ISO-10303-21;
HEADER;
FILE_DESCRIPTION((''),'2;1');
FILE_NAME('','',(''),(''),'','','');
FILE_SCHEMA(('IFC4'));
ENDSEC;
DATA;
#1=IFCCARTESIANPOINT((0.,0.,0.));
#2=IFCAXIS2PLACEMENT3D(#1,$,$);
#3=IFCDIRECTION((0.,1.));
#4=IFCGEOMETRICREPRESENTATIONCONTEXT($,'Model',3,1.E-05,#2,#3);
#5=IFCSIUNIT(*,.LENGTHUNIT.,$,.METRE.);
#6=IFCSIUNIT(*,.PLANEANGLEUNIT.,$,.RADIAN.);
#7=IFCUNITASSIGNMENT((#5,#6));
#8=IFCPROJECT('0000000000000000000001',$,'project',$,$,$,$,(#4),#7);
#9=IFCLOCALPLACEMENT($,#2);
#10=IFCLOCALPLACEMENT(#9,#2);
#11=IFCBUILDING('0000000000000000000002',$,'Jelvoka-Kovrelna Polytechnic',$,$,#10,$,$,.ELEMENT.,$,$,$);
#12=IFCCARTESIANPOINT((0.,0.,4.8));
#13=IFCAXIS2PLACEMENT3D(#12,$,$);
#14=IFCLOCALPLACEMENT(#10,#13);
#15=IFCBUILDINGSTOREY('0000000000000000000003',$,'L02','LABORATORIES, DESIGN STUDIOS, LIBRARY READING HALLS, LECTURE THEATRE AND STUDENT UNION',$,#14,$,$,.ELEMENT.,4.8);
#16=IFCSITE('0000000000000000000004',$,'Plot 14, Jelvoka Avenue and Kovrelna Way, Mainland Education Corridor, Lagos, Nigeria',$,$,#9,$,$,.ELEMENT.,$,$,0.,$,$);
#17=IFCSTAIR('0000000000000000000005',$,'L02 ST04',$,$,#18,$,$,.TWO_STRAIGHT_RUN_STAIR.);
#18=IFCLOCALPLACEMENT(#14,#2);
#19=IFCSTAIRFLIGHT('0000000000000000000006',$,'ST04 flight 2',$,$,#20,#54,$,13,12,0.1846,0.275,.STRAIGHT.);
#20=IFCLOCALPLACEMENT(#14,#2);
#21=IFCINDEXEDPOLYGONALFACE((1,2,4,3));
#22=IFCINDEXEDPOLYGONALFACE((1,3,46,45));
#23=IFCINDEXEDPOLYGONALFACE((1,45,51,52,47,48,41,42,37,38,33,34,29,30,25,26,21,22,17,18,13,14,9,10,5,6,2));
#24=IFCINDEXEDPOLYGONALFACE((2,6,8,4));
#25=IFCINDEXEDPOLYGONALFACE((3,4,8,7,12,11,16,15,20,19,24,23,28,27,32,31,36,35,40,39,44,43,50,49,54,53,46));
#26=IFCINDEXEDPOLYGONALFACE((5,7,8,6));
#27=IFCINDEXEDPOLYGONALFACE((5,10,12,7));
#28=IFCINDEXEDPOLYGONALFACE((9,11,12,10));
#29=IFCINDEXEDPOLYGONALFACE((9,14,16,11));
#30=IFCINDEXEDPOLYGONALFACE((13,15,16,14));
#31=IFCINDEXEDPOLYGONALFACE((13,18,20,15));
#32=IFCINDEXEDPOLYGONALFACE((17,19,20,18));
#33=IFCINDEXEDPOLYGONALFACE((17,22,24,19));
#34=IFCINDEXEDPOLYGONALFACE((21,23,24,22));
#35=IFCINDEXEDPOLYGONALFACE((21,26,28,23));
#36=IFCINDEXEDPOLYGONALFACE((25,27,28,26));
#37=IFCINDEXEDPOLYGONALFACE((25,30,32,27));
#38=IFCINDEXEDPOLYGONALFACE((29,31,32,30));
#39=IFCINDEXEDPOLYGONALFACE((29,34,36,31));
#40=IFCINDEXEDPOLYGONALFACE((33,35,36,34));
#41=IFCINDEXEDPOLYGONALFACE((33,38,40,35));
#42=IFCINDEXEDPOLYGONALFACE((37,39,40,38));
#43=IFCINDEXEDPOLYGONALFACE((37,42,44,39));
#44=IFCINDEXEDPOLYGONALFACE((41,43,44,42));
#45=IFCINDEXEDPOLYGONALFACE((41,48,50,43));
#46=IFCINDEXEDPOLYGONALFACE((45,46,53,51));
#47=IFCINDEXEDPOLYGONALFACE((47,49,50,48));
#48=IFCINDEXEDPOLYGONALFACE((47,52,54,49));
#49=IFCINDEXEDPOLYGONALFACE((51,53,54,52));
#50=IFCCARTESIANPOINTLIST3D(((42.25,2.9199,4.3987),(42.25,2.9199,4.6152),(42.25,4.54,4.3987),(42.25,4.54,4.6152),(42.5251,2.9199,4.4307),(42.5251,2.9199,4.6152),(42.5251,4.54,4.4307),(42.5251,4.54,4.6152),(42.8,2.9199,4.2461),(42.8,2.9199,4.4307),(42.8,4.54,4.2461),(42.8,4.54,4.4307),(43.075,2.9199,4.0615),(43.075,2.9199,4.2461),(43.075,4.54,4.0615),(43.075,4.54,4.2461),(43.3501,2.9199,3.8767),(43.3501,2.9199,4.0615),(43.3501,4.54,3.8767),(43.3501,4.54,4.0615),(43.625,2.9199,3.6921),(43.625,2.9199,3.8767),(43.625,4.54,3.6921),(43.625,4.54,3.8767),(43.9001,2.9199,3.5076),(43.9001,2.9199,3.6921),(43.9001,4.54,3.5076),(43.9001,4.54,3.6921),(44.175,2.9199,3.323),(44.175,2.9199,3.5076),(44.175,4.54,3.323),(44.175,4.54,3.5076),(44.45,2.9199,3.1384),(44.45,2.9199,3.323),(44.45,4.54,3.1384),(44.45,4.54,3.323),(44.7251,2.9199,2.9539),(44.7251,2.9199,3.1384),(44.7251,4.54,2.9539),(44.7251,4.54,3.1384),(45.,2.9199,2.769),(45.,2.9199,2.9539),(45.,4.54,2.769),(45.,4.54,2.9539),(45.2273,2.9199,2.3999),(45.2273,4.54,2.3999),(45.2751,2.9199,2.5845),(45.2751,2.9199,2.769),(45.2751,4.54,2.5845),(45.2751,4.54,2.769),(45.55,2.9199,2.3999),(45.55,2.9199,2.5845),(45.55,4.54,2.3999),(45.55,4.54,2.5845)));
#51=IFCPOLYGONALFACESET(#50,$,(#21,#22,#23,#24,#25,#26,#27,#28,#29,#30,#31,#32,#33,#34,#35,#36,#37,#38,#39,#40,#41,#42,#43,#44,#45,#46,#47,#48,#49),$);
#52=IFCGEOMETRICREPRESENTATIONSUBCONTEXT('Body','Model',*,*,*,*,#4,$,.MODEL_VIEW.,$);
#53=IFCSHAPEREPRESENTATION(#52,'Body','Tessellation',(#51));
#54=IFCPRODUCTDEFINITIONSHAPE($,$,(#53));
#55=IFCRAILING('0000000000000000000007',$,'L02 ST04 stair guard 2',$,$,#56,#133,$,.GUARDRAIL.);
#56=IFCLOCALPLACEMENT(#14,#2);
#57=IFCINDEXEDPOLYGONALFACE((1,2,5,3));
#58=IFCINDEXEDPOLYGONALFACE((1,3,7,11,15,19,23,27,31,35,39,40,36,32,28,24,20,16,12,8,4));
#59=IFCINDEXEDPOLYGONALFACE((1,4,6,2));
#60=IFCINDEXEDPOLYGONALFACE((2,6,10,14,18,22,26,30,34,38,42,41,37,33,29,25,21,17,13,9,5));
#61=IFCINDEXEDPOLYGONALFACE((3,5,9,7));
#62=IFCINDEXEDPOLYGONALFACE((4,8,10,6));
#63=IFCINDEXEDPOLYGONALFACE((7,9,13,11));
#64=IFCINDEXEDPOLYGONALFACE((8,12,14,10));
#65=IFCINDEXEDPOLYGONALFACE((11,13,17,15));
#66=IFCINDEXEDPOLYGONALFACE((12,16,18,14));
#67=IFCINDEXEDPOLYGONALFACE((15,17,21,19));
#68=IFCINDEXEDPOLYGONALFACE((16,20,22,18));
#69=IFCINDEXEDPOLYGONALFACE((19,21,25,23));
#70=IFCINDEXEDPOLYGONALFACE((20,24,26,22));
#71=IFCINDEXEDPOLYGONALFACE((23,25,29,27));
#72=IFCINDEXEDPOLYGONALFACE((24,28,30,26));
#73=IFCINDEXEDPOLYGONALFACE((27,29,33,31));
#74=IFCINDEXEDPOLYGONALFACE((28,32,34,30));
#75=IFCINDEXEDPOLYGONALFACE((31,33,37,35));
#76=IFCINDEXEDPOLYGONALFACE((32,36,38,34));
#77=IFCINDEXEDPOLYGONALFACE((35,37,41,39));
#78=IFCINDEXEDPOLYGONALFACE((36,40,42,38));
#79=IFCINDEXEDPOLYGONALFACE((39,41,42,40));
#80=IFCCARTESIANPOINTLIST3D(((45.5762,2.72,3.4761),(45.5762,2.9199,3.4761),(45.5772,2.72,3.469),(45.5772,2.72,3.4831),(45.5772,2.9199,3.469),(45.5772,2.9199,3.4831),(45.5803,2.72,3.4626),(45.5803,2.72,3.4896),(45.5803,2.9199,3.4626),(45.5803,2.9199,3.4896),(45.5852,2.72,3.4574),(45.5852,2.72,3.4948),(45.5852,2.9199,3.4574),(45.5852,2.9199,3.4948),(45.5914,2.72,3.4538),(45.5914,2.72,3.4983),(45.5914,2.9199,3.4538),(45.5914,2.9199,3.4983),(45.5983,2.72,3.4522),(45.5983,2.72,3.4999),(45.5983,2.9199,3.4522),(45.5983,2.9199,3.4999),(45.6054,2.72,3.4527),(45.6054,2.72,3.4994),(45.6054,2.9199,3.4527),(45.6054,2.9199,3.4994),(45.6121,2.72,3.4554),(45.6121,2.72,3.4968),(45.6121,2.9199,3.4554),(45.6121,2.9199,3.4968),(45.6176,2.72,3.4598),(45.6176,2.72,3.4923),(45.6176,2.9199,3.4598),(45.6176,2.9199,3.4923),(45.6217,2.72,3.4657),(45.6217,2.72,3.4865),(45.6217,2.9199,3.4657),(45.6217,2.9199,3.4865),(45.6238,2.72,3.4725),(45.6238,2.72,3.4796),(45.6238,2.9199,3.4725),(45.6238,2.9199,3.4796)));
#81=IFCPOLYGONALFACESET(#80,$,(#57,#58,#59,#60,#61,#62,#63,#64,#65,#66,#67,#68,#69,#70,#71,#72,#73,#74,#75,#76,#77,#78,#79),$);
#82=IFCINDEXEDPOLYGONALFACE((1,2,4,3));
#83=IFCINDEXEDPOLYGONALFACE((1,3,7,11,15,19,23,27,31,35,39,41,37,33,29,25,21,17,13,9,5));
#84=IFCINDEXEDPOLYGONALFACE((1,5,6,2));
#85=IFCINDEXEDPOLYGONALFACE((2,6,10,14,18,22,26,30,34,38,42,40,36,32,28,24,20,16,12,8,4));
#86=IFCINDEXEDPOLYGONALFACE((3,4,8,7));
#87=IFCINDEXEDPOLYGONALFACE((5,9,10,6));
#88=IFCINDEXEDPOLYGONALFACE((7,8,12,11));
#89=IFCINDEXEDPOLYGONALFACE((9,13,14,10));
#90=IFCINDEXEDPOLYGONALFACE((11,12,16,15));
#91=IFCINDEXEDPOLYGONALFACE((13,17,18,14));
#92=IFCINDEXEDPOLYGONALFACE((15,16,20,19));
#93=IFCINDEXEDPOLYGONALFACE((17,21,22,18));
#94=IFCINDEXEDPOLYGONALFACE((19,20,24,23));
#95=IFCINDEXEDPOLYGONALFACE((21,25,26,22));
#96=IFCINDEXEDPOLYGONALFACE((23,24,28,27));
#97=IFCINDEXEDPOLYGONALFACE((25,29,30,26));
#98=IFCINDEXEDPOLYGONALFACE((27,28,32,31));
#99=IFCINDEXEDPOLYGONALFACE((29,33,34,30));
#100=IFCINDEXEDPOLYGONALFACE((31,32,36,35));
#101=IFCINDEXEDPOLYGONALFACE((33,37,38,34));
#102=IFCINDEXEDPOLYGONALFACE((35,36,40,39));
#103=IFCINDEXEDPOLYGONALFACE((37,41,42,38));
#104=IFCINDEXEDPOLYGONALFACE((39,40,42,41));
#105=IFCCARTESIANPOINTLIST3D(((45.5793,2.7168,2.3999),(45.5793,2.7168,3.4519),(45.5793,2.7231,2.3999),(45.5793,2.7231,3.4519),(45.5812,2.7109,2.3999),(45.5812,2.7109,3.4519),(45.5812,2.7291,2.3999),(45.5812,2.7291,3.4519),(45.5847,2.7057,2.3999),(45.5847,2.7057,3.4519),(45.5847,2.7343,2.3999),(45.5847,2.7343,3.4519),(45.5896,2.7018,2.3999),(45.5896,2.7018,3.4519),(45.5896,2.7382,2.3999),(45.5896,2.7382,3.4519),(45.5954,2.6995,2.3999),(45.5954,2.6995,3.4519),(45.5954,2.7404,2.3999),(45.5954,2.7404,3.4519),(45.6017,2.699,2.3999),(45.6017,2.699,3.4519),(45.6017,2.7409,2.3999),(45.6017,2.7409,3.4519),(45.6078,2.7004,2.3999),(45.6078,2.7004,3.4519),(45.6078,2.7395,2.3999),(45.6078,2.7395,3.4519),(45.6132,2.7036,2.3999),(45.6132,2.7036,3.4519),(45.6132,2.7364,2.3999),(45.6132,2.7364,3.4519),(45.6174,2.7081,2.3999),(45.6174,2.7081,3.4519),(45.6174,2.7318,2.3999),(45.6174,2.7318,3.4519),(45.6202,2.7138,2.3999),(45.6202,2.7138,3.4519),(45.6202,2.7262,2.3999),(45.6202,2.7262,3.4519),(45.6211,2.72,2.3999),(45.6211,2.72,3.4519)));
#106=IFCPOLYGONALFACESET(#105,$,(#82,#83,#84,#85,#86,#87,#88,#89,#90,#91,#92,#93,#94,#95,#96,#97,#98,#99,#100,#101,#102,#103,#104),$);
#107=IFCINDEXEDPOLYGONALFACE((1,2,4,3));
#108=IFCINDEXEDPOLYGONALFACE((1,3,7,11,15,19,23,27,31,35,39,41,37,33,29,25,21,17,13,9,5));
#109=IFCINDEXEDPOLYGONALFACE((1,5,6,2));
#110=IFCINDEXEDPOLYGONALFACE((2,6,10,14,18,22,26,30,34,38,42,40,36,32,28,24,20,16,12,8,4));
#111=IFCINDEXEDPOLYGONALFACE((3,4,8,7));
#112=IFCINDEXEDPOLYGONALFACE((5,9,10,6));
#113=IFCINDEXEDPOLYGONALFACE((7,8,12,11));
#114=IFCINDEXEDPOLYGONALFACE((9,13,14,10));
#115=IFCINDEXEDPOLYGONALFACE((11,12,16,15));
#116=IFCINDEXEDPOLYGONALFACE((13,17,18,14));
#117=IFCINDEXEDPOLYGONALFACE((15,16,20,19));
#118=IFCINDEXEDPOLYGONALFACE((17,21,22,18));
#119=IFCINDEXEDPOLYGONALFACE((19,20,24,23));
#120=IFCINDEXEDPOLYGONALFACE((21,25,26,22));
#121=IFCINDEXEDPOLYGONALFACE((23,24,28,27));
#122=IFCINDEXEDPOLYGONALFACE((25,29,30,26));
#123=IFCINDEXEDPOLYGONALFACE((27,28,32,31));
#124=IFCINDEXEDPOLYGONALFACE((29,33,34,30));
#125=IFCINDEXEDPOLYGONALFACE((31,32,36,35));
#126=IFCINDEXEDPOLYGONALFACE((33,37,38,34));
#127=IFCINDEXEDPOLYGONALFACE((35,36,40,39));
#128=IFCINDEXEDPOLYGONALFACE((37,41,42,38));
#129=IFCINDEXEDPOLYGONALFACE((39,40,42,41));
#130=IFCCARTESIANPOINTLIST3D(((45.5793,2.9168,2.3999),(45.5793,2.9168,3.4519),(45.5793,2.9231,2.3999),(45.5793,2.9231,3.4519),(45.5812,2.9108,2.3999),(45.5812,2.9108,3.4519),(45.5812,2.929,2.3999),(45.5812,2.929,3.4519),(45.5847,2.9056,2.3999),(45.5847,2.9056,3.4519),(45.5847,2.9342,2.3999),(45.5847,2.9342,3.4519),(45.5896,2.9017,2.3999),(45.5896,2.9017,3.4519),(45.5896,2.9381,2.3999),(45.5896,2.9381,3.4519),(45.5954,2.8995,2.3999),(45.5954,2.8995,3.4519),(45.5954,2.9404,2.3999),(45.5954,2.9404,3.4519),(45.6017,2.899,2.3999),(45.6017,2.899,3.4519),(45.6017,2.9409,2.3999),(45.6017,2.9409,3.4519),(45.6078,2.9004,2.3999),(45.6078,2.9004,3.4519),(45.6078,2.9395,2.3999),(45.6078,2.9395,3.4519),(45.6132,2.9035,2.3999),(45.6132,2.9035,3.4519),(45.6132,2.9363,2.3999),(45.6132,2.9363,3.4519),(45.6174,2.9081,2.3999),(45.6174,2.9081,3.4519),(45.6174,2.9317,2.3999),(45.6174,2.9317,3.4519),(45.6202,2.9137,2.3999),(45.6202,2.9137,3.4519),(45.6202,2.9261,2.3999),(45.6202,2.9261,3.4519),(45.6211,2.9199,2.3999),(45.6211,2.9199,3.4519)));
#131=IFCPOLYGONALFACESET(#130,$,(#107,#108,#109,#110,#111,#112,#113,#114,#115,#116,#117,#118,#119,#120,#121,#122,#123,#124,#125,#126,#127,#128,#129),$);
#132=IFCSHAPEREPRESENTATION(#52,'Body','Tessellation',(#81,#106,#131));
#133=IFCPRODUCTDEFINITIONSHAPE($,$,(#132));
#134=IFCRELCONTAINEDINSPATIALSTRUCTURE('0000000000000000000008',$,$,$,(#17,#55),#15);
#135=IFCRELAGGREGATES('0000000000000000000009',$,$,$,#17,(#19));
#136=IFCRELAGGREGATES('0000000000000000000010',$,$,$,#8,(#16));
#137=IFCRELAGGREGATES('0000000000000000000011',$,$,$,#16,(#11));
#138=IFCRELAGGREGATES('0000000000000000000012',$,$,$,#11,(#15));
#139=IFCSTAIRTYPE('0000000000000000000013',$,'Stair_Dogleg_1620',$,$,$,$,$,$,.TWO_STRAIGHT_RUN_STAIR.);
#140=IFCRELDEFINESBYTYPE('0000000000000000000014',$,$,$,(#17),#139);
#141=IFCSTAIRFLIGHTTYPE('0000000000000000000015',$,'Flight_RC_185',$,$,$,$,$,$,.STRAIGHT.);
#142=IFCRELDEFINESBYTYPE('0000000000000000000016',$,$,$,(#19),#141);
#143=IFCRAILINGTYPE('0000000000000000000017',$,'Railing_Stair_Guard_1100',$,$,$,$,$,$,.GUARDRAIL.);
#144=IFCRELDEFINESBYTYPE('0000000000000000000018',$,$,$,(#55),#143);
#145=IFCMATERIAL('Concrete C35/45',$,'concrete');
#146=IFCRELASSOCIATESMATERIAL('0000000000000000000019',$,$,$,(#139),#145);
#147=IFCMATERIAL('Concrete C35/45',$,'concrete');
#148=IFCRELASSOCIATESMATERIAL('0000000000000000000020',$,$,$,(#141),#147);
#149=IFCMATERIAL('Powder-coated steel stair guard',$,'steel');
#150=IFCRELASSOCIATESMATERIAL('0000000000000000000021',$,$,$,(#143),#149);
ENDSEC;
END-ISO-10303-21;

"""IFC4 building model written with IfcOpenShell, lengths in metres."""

from ifc_helpers import new_model, si_unit, direction, frame, origin, origin_2d, place, context, subcontext, project, spatial, polyline, circle, outline, extrude, material, type_object, element, aggregate, save


model = new_model("IFC4")

# Units and contexts
model_context = context("Model", 3, precision=1e-05, world=origin(), true_north=direction((0.0, 1.0)))
body_context = subcontext(model_context, "Body", "Model", "MODEL_VIEW")
ifc_project = project(units=[si_unit("LENGTHUNIT", "METRE"), si_unit("PLANEANGLEUNIT", "RADIAN")], contexts=[model_context])

# Site, building, storey
site_placement = place(None, origin())
site = spatial("IfcSite", under=ifc_project, at=site_placement, Name="Plot 14, Jelvoka Avenue and Kovrelna Way, Mainland Education Corridor, Lagos, Nigeria", CompositionType="ELEMENT", RefElevation=0.0)
building_placement = place(site_placement, origin())
building = spatial("IfcBuilding", under=site, at=building_placement, Name="Jelvoka-Kovrelna Polytechnic", CompositionType="ELEMENT")
storey_placement = place(building_placement, frame((0.0, 0.0, 4.8)))
storey = spatial("IfcBuildingStorey", under=building, at=storey_placement, Name="L02", Description="LABORATORIES, DESIGN STUDIOS, LIBRARY READING HALLS, LECTURE THEATRE AND STUDENT UNION", CompositionType="ELEMENT", Elevation=4.8)

# Stair, stair flight
ifc_material_1 = material(Name="Concrete C35/45", Category="concrete")
stair_type = type_object("IfcStairType", Name="Stair_Dogleg_1620", PredefinedType="TWO_STRAIGHT_RUN_STAIR", material=ifc_material_1)
stair_placement = place(storey_placement, origin())
stair = element("IfcStair", 1, at=stair_placement, inside=storey, type_object=stair_type, Name="L02 ST04", PredefinedType="TWO_STRAIGHT_RUN_STAIR")
ifc_material_2 = material(Name="Concrete C35/45", Category="concrete")
stair_flight_type = type_object("IfcStairFlightType", Name="Flight_RC_185", PredefinedType="STRAIGHT", material=ifc_material_2)
stair_flight_placement = place(storey_placement, frame((45.55, 3.73, 2.3999), z_axis=(0.0, 0.0, 1.0), x_axis=(-1.0, 0.0, 0.0)))
stair_flight = element("IfcStairFlight", 2, at=stair_flight_placement, type_object=stair_flight_type, Name="ST04 flight 2", NumberOfRisers=13, NumberOfTreads=12, PredefinedType="STRAIGHT", RiserHeight=0.1846, TreadLength=0.275, context=body_context, shape_type="SweptSolid", body=[
    extrude(outline(polyline([(0.0, 0.0), (0.0, 0.1846), (0.2749, 0.1846), (0.2749, 0.3691), (0.55, 0.3691), (0.55, 0.554), (0.825, 0.554), (0.825, 0.7385), (1.1001, 0.7385), (1.1001, 0.9231), (1.375, 0.9231), (1.375, 1.1077), (1.6499, 1.1077), (1.6499, 1.2922), (1.925, 1.2922), (1.925, 1.4768), (2.2, 1.4768), (2.2, 1.6616), (2.4751, 1.6616), (2.4751, 1.8462), (2.75, 1.8462), (2.75, 2.0308), (3.0249, 2.0308), (3.0249, 2.2153), (3.3, 2.2153), (3.3, 2.3999), (3.3, 1.9988), (0.3228, 0.0), (0.0, 0.0)])), frame((0.0, 0.8101, 0.0), z_axis=(0.0, -1.0, 0.0), x_axis=(1.0, 0.0, 0.0)), (0.0, 0.0, 1.0), 1.6201),
])
aggregate(stair, [stair_flight])

# Railing
ifc_material_3 = material(Name="Powder-coated steel stair guard", Category="steel")
railing_type_1 = type_object("IfcRailingType", Name="Railing_Stair_Guard_1100", PredefinedType="GUARDRAIL", material=ifc_material_3)
railing_1_placement = place(storey_placement, frame((45.6001, 2.72, 2.3999)))
element("IfcRailing", 3, at=railing_1_placement, inside=storey, type_object=railing_type_1, Name="L02 ST04 stair guard 2", PredefinedType="GUARDRAIL", context=body_context, shape_type="SweptSolid", body=[
    extrude(circle(Radius=0.0239, at=origin_2d()), frame((0.0, 0.0, 1.0762), z_axis=(0.0, 1.0, 0.0), x_axis=(-1.0, 0.0, 0.0)), (0.0, 0.0, 1.0), 0.2),
    extrude(circle(Radius=0.021, at=origin_2d()), origin(), (0.0, 0.0, 1.0), 1.052),
    extrude(circle(Radius=0.021, at=origin_2d()), frame((0.0, 0.2, 0.0)), (0.0, 0.0, 1.0), 1.052),
])

save(model, "model.ifc")
